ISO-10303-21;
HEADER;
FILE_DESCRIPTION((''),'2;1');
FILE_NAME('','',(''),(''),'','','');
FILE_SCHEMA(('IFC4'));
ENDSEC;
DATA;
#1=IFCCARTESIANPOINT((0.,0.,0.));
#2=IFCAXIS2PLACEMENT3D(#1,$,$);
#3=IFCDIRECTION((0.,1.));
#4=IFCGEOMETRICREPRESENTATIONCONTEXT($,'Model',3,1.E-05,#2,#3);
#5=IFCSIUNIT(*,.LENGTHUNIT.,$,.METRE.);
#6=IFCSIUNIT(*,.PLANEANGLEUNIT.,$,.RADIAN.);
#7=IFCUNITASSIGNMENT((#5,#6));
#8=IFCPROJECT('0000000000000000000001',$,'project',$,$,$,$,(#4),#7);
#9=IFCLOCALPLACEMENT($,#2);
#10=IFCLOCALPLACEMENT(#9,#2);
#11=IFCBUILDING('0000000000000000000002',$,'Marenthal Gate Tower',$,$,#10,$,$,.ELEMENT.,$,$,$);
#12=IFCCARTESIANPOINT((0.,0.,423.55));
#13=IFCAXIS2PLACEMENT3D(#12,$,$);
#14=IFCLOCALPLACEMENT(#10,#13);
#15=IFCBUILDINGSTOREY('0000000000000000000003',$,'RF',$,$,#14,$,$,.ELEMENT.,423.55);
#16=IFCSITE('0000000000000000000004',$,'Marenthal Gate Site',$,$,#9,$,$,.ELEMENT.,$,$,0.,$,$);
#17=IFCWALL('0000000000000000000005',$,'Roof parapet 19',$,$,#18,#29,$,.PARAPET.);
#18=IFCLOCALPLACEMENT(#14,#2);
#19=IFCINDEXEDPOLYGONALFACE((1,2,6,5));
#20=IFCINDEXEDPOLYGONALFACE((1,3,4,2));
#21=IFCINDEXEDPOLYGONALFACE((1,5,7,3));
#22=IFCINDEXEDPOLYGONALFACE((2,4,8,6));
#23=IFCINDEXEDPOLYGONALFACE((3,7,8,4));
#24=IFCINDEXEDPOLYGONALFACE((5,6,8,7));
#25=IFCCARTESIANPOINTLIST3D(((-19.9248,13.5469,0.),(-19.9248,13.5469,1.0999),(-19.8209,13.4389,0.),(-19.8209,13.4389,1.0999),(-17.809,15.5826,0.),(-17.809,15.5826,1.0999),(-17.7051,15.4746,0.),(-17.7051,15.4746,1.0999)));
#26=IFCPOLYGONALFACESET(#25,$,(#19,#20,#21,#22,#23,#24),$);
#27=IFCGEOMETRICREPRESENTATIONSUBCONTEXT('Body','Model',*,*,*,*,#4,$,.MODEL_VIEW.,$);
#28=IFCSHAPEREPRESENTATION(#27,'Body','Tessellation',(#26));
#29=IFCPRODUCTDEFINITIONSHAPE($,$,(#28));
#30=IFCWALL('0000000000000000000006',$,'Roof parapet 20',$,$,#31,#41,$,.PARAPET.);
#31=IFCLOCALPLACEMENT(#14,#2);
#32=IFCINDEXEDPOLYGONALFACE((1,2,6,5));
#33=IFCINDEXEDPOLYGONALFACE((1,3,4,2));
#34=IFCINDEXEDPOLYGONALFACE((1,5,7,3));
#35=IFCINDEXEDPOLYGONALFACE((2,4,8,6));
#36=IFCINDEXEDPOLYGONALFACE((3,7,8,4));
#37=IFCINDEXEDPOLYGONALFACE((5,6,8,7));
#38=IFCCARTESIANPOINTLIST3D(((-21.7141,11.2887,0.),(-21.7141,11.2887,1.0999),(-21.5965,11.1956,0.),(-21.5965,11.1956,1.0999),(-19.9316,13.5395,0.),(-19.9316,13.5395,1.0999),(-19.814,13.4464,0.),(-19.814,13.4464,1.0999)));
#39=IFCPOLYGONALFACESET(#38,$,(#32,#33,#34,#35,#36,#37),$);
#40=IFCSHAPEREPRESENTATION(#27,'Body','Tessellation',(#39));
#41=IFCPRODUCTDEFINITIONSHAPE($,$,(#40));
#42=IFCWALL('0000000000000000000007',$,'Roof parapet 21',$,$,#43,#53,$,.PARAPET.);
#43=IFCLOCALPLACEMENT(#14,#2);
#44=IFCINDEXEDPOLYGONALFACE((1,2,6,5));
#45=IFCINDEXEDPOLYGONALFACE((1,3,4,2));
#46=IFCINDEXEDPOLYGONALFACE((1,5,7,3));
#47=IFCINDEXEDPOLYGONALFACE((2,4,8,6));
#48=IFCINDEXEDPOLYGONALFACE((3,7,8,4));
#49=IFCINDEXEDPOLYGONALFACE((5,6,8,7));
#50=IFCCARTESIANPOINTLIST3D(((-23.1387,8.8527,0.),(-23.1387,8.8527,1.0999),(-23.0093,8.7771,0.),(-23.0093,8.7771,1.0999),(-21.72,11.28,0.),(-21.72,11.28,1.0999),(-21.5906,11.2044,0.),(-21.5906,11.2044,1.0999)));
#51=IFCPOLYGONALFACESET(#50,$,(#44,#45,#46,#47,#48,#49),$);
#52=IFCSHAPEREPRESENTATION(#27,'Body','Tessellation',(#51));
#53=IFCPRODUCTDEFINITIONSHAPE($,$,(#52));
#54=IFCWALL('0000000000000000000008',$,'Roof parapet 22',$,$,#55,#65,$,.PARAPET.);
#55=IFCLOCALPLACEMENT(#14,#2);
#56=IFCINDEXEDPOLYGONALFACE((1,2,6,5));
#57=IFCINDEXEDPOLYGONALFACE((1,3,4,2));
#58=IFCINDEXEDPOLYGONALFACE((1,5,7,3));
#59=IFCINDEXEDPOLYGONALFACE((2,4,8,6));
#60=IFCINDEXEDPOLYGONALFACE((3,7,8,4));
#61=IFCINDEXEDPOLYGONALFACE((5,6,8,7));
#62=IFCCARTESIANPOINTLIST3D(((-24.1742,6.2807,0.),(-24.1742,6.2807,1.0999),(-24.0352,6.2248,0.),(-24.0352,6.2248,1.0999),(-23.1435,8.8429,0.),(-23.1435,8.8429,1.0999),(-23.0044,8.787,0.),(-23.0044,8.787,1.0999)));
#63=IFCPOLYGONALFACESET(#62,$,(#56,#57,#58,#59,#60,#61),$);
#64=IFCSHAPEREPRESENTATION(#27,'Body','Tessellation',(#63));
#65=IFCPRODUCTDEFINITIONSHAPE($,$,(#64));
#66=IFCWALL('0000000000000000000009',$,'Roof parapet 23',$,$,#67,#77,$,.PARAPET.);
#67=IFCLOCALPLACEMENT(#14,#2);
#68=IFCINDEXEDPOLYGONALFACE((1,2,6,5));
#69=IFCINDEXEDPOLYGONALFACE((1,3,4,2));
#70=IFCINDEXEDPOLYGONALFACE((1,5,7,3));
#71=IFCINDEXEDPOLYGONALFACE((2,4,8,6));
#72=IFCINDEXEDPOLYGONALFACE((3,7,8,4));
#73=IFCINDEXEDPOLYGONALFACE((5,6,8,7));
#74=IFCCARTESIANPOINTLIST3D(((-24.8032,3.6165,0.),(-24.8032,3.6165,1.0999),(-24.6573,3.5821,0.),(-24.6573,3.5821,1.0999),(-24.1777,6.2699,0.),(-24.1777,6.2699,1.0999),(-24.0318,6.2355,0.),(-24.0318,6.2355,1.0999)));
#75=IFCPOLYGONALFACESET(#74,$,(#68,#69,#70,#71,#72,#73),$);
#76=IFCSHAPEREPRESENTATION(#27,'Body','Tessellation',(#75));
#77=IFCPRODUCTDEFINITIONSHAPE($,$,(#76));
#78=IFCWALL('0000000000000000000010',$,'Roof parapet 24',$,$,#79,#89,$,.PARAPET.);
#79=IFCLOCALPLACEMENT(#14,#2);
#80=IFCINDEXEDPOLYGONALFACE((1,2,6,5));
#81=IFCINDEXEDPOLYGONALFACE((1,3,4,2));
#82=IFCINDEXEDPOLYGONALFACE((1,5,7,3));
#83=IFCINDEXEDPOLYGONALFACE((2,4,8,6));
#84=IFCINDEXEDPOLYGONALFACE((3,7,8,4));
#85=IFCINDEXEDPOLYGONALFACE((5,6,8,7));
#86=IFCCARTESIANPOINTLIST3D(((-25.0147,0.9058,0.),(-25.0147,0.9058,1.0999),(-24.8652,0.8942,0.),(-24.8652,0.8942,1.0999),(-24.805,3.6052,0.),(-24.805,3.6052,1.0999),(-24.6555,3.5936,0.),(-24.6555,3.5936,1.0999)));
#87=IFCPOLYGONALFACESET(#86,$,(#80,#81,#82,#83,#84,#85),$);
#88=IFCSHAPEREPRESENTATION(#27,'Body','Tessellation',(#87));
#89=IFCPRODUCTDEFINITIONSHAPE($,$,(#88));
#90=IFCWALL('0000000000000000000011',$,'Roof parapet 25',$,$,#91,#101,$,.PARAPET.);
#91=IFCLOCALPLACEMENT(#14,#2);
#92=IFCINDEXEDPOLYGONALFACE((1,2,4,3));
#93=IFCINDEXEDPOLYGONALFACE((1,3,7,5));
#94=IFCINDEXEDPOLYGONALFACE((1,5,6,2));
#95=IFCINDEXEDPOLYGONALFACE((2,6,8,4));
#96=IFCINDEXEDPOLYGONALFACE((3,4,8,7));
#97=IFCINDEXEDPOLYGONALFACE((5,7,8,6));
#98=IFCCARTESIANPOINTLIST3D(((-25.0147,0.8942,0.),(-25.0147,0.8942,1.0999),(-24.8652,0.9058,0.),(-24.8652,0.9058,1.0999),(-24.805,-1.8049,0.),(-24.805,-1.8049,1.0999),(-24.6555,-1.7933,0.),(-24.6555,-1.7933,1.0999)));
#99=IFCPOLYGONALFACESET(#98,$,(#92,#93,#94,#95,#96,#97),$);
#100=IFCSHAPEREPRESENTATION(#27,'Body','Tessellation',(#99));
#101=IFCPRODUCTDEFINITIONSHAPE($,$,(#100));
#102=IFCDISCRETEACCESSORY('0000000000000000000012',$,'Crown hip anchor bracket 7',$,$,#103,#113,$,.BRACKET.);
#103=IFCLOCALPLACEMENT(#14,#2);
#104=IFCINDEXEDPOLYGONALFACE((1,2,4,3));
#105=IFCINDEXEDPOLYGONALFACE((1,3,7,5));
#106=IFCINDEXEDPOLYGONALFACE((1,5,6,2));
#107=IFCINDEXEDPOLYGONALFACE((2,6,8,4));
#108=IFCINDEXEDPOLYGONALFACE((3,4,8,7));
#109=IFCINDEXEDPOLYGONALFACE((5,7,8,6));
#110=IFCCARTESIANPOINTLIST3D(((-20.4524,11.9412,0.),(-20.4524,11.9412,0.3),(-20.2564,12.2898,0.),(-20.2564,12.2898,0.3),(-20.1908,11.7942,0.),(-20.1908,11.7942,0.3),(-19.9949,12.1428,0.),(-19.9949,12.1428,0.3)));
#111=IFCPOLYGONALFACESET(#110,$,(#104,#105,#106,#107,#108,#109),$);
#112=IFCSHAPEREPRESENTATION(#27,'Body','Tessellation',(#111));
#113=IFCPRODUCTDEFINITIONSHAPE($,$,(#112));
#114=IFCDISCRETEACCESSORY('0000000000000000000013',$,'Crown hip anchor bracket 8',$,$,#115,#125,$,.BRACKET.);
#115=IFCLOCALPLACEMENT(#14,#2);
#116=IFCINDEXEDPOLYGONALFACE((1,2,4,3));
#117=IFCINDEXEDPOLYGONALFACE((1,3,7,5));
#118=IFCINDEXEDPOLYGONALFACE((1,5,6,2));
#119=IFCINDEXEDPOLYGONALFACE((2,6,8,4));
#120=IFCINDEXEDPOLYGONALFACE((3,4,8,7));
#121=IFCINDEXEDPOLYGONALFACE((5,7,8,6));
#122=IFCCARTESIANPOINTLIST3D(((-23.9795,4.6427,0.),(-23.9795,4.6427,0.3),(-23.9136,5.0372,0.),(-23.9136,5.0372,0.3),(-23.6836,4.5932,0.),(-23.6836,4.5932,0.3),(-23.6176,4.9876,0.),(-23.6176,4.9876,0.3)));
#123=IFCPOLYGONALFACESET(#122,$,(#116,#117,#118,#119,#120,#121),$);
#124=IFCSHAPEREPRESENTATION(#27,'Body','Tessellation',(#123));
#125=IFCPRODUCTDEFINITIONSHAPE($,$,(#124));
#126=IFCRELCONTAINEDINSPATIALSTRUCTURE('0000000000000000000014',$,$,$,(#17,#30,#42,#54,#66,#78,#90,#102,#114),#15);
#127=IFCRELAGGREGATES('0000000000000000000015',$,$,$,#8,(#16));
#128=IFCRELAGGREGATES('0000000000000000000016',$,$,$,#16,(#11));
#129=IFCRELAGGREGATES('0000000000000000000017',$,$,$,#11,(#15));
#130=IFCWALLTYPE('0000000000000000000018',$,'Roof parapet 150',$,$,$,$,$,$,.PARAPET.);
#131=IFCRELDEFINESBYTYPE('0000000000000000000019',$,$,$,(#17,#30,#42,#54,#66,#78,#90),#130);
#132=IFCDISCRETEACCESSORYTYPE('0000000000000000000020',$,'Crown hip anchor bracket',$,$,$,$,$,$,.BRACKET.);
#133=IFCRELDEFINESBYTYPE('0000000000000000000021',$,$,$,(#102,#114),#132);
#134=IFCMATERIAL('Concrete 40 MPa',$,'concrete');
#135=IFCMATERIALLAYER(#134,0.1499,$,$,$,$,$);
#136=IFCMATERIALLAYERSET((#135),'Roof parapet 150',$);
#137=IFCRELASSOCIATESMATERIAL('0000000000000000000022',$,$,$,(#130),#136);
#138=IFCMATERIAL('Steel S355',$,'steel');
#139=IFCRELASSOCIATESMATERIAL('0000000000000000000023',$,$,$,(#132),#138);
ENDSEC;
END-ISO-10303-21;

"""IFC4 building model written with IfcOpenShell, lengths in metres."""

from ifc_helpers import new_model, si_unit, direction, frame, frame_2d, origin, origin_2d, place, context, subcontext, project, spatial, rectangle, extrude, material, layer, layer_set, type_object, element, save


model = new_model("IFC4")

# Units and contexts
model_context = context("Model", 3, precision=1e-05, world=origin(), true_north=direction((0.0, 1.0)))
body_context = subcontext(model_context, "Body", "Model", "MODEL_VIEW")
ifc_project = project(units=[si_unit("LENGTHUNIT", "METRE"), si_unit("PLANEANGLEUNIT", "RADIAN")], contexts=[model_context])

# Site, building, storey
site_placement = place(None, origin())
site = spatial("IfcSite", under=ifc_project, at=site_placement, Name="Marenthal Gate Site", CompositionType="ELEMENT", RefElevation=0.0)
building_placement = place(site_placement, origin())
building = spatial("IfcBuilding", under=site, at=building_placement, Name="Marenthal Gate Tower", CompositionType="ELEMENT")
storey_placement = place(building_placement, frame((0.0, 0.0, 423.55)))
storey = spatial("IfcBuildingStorey", under=building, at=storey_placement, Name="RF", CompositionType="ELEMENT", Elevation=423.55)

# Walls
ifc_material_1 = material(Name="Concrete 40 MPa", Category="concrete")
ifc_layer_1 = layer(ifc_material_1, 0.1499)
ifc_layer_set_1 = layer_set([ifc_layer_1], Name="Roof parapet 150")
wall_type = type_object("IfcWallType", Name="Roof parapet 150", PredefinedType="PARAPET", material=ifc_layer_set_1)
wall_1_placement = place(storey_placement, frame((-17.7571, 15.5286, 0.0), z_axis=(0.0, 0.0, 1.0), x_axis=(-0.720613, -0.693338, 0.0)))
element("IfcWall", 1, at=wall_1_placement, inside=storey, type_object=wall_type, Name="Roof parapet 19", PredefinedType="PARAPET", context=body_context, shape_type="SweptSolid", body=[
    extrude(rectangle(XDim=2.936, YDim=0.1499, at=frame_2d((1.468, 0.0))), origin(), (0.0, 0.0, 1.0), 1.0999),
])
wall_2_placement = place(storey_placement, frame((-19.8728, 13.4929, 0.0), z_axis=(0.0, 0.0, 1.0), x_axis=(-0.62084, -0.783937, 0.0)))
element("IfcWall", 2, at=wall_2_placement, inside=storey, type_object=wall_type, Name="Roof parapet 20", PredefinedType="PARAPET", context=body_context, shape_type="SweptSolid", body=[
    extrude(rectangle(XDim=2.8711, YDim=0.1499, at=frame_2d((1.4355, 0.0))), origin(), (0.0, 0.0, 1.0), 1.0999),
])
wall_3_placement = place(storey_placement, frame((-21.6553, 11.2422, 0.0), z_axis=(0.0, 0.0, 1.0), x_axis=(-0.504616, -0.863344, 0.0)))
element("IfcWall", 3, at=wall_3_placement, inside=storey, type_object=wall_type, Name="Roof parapet 21", PredefinedType="PARAPET", context=body_context, shape_type="SweptSolid", body=[
    extrude(rectangle(XDim=2.8115, YDim=0.1499, at=frame_2d((1.4058, 0.0))), origin(), (0.0, 0.0, 1.0), 1.0999),
])
wall_4_placement = place(storey_placement, frame((-23.074, 8.8149, 0.0), z_axis=(0.0, 0.0, 1.0), x_axis=(-0.373219, -0.927743, 0.0)))
element("IfcWall", 4, at=wall_4_placement, inside=storey, type_object=wall_type, Name="Roof parapet 22", PredefinedType="PARAPET", context=body_context, shape_type="SweptSolid", body=[
    extrude(rectangle(XDim=2.7617, YDim=0.1499, at=frame_2d((1.3809, 0.0))), origin(), (0.0, 0.0, 1.0), 1.0999),
])
wall_5_placement = place(storey_placement, frame((-24.1047, 6.2527, 0.0), z_axis=(0.0, 0.0, 1.0), x_axis=(-0.229449, -0.973321, 0.0)))
element("IfcWall", 5, at=wall_5_placement, inside=storey, type_object=wall_type, Name="Roof parapet 23", PredefinedType="PARAPET", context=body_context, shape_type="SweptSolid", body=[
    extrude(rectangle(XDim=2.7261, YDim=0.1499, at=frame_2d((1.363, 0.0))), origin(), (0.0, 0.0, 1.0), 1.0999),
])
wall_6_placement = place(storey_placement, frame((-24.7302, 3.5994, 0.0), z_axis=(0.0, 0.0, 1.0), x_axis=(-0.077455, -0.996996, 0.0)))
element("IfcWall", 6, at=wall_6_placement, inside=storey, type_object=wall_type, Name="Roof parapet 24", PredefinedType="PARAPET", context=body_context, shape_type="SweptSolid", body=[
    extrude(rectangle(XDim=2.7075, YDim=0.1499, at=frame_2d((1.3538, 0.0))), origin(), (0.0, 0.0, 1.0), 1.0999),
])
wall_7_placement = place(storey_placement, frame((-24.9399, 0.8999, 0.0), z_axis=(0.0, 0.0, 1.0), x_axis=(0.077462, -0.996995, 0.0)))
element("IfcWall", 7, at=wall_7_placement, inside=storey, type_object=wall_type, Name="Roof parapet 25", PredefinedType="PARAPET", context=body_context, shape_type="SweptSolid", body=[
    extrude(rectangle(XDim=2.7073, YDim=0.1499, at=frame_2d((1.3535, 0.0))), origin(), (0.0, 0.0, 1.0), 1.0999),
])

# Discrete accessories
ifc_material_2 = material(Name="Steel S355", Category="steel")
discrete_accessory_type = type_object("IfcDiscreteAccessoryType", Name="Crown hip anchor bracket", PredefinedType="BRACKET", material=ifc_material_2)
for number, where, z_axis, x_axis, name in (
    (8, (-20.2236, 12.042, 0.0), (0.0, 0.0, 1.0), (0.489966, 0.871742, 0.0), "Crown hip anchor bracket 7"),
    (9, (-23.7986, 4.8152, 0.0), (0.0, 0.0, 1.0), (0.165026, 0.986289, 0.0), "Crown hip anchor bracket 8"),
):
    element("IfcDiscreteAccessory", number, at=place(storey_placement, frame(where, z_axis=z_axis, x_axis=x_axis)), inside=storey, type_object=discrete_accessory_type, Name=name, PredefinedType="BRACKET", context=body_context, shape_type="SweptSolid", body=[
        extrude(rectangle(XDim=0.3999, YDim=0.3, at=origin_2d()), origin(), (0.0, 0.0, 1.0), 0.3),
    ])

save(model, "model.ifc")
